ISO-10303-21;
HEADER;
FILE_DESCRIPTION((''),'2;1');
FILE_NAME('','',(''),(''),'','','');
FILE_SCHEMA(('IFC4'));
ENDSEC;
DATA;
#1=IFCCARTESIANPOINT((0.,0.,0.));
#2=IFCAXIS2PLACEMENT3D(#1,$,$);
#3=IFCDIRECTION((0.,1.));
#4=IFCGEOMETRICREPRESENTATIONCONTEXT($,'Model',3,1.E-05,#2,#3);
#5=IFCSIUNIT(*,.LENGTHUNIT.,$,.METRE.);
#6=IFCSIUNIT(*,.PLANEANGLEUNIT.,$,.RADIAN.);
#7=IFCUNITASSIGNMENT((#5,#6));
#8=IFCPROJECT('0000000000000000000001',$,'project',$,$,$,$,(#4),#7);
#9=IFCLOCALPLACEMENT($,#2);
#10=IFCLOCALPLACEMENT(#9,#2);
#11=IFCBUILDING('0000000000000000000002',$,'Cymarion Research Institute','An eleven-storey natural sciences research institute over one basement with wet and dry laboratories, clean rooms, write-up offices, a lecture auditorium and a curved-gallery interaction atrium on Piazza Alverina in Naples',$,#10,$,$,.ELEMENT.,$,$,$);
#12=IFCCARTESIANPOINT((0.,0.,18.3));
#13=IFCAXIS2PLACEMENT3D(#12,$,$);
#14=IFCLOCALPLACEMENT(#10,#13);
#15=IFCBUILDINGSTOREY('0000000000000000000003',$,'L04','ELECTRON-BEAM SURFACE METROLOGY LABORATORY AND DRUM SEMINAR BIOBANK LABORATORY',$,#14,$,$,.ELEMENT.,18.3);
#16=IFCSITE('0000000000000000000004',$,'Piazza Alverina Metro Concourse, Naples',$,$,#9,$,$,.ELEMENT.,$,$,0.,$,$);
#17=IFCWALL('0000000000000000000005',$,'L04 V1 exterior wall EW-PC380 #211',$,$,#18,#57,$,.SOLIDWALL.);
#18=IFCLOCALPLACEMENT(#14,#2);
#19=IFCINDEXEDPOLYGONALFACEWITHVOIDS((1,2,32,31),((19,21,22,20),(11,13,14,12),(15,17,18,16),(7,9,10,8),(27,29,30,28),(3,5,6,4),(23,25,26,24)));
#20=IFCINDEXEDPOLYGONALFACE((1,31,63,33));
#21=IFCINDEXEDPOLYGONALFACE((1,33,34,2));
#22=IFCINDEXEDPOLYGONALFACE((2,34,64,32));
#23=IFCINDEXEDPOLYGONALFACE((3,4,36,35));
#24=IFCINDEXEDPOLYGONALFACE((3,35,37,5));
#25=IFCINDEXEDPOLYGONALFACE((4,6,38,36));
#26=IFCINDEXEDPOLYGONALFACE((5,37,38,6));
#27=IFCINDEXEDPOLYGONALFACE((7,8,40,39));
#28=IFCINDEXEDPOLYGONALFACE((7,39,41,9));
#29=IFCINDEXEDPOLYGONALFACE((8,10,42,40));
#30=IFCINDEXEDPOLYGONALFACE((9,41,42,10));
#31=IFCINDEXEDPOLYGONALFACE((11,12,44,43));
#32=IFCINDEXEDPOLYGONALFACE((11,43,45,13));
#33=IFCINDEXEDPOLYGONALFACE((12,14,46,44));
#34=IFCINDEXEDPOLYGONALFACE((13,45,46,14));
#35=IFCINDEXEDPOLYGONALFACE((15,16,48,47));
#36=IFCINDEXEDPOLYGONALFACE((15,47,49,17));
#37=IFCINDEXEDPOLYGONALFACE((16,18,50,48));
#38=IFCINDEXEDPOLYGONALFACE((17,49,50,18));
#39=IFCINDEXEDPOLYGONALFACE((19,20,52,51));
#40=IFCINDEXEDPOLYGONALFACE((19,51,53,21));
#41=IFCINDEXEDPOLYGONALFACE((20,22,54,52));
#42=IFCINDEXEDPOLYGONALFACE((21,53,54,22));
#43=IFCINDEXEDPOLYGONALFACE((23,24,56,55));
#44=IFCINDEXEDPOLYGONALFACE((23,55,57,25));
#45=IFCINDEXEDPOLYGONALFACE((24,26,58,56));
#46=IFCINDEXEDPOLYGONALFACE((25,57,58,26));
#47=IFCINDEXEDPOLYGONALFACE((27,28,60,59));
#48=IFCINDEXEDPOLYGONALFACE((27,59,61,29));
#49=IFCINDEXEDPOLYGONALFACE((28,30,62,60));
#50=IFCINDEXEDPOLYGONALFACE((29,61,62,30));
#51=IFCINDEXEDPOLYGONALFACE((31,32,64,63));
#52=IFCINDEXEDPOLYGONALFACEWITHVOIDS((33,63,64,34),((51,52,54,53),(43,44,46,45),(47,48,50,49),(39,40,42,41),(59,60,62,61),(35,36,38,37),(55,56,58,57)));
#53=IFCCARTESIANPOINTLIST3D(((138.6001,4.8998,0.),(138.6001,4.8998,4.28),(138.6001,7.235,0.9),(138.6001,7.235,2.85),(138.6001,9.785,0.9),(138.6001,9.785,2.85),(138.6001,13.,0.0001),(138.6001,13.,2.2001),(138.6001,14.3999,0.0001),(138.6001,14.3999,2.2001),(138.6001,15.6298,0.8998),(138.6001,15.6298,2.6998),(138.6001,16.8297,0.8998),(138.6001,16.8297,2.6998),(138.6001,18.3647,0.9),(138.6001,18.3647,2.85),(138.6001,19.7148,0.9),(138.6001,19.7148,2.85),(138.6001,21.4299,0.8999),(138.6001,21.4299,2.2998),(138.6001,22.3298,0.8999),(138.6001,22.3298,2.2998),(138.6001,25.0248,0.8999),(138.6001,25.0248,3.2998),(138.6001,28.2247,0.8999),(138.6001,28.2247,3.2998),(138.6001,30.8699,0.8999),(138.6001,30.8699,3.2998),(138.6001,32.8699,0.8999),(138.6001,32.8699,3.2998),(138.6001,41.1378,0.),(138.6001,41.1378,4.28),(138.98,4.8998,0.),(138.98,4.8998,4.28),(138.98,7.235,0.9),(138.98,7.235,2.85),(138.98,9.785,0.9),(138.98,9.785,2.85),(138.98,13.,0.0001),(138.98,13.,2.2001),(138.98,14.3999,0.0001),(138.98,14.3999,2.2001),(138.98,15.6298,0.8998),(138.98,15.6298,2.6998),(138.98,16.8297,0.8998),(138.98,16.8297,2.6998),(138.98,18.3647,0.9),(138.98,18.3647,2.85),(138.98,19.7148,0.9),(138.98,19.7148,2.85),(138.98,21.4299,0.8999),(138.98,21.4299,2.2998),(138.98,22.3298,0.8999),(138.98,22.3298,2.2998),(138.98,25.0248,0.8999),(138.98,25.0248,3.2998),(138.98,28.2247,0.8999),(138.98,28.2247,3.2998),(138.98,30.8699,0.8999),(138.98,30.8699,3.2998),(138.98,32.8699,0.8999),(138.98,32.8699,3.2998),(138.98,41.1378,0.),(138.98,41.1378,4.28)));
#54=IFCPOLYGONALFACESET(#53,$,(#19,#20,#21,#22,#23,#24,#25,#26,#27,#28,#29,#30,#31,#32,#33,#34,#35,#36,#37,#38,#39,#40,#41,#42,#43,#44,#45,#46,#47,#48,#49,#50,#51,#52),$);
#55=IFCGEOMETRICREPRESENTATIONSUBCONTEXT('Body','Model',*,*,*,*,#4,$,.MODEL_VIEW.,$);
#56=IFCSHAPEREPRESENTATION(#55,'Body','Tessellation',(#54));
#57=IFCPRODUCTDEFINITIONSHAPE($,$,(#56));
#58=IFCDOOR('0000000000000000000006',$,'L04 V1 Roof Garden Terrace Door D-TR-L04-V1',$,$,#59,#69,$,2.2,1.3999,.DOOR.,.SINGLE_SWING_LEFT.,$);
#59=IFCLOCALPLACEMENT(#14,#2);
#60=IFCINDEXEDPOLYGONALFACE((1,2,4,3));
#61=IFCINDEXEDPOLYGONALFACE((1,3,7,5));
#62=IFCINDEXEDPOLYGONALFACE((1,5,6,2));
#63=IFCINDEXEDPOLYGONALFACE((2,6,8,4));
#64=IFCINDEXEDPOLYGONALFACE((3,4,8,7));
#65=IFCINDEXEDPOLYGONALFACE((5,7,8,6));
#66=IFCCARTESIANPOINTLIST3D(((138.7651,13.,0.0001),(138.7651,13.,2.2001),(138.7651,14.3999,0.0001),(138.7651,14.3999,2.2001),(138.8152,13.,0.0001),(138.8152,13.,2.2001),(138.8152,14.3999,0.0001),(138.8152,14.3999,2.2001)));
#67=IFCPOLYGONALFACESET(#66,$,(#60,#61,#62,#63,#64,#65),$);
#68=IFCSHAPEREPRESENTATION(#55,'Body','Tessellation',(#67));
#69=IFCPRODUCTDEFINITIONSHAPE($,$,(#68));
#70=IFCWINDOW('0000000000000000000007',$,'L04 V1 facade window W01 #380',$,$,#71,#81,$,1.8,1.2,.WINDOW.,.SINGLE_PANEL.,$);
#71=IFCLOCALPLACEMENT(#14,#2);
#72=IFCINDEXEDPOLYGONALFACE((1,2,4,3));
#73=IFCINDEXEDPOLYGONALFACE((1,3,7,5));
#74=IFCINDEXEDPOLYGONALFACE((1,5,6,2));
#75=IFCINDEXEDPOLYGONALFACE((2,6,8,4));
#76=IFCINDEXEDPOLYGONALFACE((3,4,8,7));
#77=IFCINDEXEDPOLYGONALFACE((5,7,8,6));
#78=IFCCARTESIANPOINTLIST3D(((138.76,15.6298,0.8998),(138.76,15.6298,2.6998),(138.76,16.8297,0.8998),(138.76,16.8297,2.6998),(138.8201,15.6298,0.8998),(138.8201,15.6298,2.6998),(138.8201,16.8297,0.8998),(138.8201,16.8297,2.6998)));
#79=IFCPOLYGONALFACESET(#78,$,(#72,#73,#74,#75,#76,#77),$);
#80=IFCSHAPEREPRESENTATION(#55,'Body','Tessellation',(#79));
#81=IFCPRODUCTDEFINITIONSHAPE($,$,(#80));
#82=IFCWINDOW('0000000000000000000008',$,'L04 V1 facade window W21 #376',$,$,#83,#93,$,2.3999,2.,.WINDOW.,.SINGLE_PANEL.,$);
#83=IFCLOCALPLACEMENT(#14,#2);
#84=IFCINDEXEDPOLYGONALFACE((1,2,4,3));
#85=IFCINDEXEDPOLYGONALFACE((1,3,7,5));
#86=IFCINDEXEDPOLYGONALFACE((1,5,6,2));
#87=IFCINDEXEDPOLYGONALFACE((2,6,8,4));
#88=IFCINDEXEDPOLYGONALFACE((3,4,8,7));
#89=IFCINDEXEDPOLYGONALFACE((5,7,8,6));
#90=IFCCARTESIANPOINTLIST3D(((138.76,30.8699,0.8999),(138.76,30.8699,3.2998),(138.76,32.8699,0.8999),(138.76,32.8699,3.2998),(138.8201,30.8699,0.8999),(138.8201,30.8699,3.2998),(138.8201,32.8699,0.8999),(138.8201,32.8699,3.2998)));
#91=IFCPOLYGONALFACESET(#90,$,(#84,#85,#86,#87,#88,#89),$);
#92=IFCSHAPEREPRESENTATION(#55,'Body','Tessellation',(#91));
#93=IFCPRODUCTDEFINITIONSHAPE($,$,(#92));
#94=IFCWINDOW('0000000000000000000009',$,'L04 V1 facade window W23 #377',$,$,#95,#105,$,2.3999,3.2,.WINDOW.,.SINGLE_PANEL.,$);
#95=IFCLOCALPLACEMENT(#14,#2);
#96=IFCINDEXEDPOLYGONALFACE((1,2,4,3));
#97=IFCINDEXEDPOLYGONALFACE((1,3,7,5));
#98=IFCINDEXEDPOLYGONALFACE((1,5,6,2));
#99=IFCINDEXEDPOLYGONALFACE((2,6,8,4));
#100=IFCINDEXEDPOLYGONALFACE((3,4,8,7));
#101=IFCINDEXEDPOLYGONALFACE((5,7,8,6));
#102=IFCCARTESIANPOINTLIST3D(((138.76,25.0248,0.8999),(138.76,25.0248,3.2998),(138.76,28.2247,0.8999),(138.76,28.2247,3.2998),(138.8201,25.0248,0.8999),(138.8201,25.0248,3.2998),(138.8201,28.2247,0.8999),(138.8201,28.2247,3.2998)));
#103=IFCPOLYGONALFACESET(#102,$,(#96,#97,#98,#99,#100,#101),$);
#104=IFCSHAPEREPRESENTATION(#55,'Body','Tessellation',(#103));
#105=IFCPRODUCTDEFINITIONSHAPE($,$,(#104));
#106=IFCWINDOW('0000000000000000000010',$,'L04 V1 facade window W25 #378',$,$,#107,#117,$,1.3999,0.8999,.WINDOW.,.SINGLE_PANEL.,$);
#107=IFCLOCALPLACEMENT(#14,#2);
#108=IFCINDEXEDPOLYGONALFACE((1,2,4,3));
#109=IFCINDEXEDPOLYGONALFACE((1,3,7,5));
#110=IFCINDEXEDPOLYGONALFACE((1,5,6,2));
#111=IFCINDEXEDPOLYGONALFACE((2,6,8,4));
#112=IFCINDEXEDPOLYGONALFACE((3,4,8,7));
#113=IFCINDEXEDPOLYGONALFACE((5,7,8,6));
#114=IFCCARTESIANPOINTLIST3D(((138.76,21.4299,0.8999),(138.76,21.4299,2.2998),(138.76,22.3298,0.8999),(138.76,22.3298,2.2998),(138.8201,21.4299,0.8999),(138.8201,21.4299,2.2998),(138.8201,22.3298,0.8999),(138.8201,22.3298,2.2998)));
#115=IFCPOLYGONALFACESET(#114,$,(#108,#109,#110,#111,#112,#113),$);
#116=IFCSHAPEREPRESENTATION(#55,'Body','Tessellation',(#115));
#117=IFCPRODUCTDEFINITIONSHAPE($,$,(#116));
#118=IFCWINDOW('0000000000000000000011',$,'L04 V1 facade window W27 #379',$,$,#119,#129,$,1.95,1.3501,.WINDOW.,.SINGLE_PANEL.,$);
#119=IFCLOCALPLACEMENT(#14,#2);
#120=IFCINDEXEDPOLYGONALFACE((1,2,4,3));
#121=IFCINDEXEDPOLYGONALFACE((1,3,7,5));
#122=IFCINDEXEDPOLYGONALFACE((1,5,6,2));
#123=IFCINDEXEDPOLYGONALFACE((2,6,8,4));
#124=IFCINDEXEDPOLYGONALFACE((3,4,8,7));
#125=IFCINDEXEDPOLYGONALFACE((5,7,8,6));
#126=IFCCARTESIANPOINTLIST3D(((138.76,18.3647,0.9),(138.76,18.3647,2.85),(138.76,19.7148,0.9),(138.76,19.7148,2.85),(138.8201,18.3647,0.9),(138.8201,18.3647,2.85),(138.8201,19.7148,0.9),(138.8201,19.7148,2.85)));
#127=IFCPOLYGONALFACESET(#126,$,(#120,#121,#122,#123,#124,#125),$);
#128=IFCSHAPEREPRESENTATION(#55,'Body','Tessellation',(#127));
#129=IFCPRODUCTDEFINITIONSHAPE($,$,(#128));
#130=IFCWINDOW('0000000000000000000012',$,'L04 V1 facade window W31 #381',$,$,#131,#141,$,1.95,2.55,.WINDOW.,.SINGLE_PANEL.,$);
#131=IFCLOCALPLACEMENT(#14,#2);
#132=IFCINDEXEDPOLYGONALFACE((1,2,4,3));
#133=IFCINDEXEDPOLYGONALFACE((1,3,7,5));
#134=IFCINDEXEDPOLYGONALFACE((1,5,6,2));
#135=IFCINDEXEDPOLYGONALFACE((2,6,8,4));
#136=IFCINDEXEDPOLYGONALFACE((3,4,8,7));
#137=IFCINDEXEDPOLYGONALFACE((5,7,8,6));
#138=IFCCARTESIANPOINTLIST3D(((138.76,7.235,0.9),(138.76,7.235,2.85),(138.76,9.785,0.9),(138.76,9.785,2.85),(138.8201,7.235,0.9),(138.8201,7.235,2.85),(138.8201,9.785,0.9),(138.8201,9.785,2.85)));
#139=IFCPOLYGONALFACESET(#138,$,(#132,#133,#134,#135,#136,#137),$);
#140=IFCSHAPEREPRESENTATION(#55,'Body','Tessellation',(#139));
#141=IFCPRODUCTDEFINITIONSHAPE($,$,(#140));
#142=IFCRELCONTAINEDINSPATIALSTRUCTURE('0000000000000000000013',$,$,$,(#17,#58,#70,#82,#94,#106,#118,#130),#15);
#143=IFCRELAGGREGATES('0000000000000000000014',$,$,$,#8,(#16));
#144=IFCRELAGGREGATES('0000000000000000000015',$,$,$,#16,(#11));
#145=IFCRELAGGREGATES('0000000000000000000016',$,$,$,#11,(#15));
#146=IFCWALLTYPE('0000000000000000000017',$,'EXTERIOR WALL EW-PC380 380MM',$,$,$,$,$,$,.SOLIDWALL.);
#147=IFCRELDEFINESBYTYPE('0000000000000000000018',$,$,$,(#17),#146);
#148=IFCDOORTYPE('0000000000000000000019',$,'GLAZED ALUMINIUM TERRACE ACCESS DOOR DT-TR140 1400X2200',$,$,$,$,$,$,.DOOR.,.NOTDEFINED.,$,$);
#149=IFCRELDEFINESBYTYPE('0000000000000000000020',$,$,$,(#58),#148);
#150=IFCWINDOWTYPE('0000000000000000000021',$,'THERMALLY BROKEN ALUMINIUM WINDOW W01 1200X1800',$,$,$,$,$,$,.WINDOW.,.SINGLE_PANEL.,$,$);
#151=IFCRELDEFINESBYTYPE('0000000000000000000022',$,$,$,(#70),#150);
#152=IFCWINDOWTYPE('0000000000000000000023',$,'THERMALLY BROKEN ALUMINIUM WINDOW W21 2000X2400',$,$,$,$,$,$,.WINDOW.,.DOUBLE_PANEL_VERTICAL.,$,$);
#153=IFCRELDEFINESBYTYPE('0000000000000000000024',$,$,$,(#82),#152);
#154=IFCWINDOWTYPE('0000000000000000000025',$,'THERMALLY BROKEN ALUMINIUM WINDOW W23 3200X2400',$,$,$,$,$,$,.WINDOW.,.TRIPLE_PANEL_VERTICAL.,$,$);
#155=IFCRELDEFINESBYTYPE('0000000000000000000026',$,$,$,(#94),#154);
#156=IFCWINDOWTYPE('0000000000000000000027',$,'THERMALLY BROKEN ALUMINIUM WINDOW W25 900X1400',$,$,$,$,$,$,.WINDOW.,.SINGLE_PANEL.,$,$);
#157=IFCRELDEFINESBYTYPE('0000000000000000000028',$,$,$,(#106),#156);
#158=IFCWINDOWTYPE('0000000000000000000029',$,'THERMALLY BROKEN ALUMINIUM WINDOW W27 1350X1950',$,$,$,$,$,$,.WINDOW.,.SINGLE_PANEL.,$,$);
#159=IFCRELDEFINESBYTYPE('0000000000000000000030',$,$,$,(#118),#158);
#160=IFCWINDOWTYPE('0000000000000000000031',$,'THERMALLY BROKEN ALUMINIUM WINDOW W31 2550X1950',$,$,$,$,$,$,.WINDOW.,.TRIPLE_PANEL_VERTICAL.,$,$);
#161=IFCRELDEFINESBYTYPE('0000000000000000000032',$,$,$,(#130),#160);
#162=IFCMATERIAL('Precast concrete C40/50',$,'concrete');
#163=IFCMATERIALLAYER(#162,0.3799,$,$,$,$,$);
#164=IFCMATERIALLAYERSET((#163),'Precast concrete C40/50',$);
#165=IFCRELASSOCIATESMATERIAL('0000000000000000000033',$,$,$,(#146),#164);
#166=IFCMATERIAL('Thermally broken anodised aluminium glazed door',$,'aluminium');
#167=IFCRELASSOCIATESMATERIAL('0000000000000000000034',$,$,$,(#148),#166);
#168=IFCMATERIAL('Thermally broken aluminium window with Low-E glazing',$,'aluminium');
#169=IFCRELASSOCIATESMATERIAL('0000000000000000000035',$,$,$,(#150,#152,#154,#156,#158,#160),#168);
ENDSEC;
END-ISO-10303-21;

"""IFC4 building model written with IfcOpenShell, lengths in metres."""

from ifc_helpers import new_model, si_unit, direction, frame, frame_2d, origin, place, context, subcontext, project, spatial, rectangle, extrude, material, layer, layer_set, type_object, element, fill, save


model = new_model("IFC4")

# Units and contexts
model_context = context("Model", 3, precision=1e-05, world=origin(), true_north=direction((0.0, 1.0)))
body_context = subcontext(model_context, "Body", "Model", "MODEL_VIEW")
ifc_project = project(units=[si_unit("LENGTHUNIT", "METRE"), si_unit("PLANEANGLEUNIT", "RADIAN")], contexts=[model_context])

# Site, building, storey
site_placement = place(None, origin())
site = spatial("IfcSite", under=ifc_project, at=site_placement, Name="Piazza Alverina Metro Concourse, Naples", CompositionType="ELEMENT", RefElevation=0.0)
building_placement = place(site_placement, origin())
building = spatial("IfcBuilding", under=site, at=building_placement, Name="Cymarion Research Institute", Description="An eleven-storey natural sciences research institute over one basement with wet and dry laboratories, clean rooms, write-up offices, a lecture auditorium and a curved-gallery interaction atrium on Piazza Alverina in Naples", CompositionType="ELEMENT")
storey_placement = place(building_placement, frame((0.0, 0.0, 18.3)))
storey = spatial("IfcBuildingStorey", under=building, at=storey_placement, Name="L04", Description="ELECTRON-BEAM SURFACE METROLOGY LABORATORY AND DRUM SEMINAR BIOBANK LABORATORY", CompositionType="ELEMENT", Elevation=18.3)

# Shared definitions
ifc_material_1 = material(Name="Precast concrete C40/50", Category="concrete")
ifc_layer_1 = layer(ifc_material_1, 0.3799)
ifc_layer_set_1 = layer_set([ifc_layer_1], Name="Precast concrete C40/50")
wall_type = type_object("IfcWallType", Name="EXTERIOR WALL EW-PC380 380MM", PredefinedType="SOLIDWALL", material=ifc_layer_set_1)

# Wall, openings, door, windows
wall_1_placement = place(storey_placement, frame((138.79, 41.1379, 0.0), z_axis=(0.0, 0.0, 1.0), x_axis=(0.0, -1.0, 0.0)))
wall_1 = element("IfcWall", 1, at=wall_1_placement, inside=storey, type_object=wall_type, Name="L04 V1 exterior wall EW-PC380 #211", PredefinedType="SOLIDWALL", context=body_context, shape_type="SweptSolid", body=[
    extrude(rectangle(XDim=36.238, YDim=0.3799, at=frame_2d((18.1191, 0.0))), origin(), (0.0, 0.0, 1.0), 4.28),
])
opening_1_placement = place(wall_1_placement, frame((26.738, 0.0, 0.0)))
opening_1 = element("IfcOpeningElement", 2, at=opening_1_placement, cuts=wall_1, PredefinedType="OPENING", context=body_context, shape_type="SweptSolid", body=[
    extrude(rectangle(XDim=1.3999, YDim=2.2, at=frame_2d((0.7, 1.1001))), frame((0.0, 0.2, 0.0), z_axis=(0.0, -1.0, 0.0), x_axis=(1.0, 0.0, 0.0)), (0.0, 0.0, 1.0), 0.3999),
])
opening_2_placement = place(wall_1_placement, frame((8.2681, 0.0, 0.8999)))
opening_2 = element("IfcOpeningElement", 3, at=opening_2_placement, cuts=wall_1, PredefinedType="OPENING", context=body_context, shape_type="SweptSolid", body=[
    extrude(rectangle(XDim=2.0, YDim=2.3999, at=frame_2d((1.0, 1.2))), frame((0.0, 0.2, 0.0), z_axis=(0.0, -1.0, 0.0), x_axis=(1.0, 0.0, 0.0)), (0.0, 0.0, 1.0), 0.3999),
])
opening_3_placement = place(wall_1_placement, frame((12.9131, 0.0, 0.8999)))
opening_3 = element("IfcOpeningElement", 4, at=opening_3_placement, cuts=wall_1, PredefinedType="OPENING", context=body_context, shape_type="SweptSolid", body=[
    extrude(rectangle(XDim=3.2, YDim=2.3999, at=frame_2d((1.6001, 1.2))), frame((0.0, 0.2, 0.0), z_axis=(0.0, -1.0, 0.0), x_axis=(1.0, 0.0, 0.0)), (0.0, 0.0, 1.0), 0.3999),
])
opening_4_placement = place(wall_1_placement, frame((18.8081, 0.0, 0.8999)))
opening_4 = element("IfcOpeningElement", 5, at=opening_4_placement, cuts=wall_1, PredefinedType="OPENING", context=body_context, shape_type="SweptSolid", body=[
    extrude(rectangle(XDim=0.8999, YDim=1.3999, at=frame_2d((0.45, 0.7))), frame((0.0, 0.2, 0.0), z_axis=(0.0, -1.0, 0.0), x_axis=(1.0, 0.0, 0.0)), (0.0, 0.0, 1.0), 0.3999),
])
opening_5_placement = place(wall_1_placement, frame((21.4231, 0.0, 0.8999)))
opening_5 = element("IfcOpeningElement", 6, at=opening_5_placement, cuts=wall_1, PredefinedType="OPENING", context=body_context, shape_type="SweptSolid", body=[
    extrude(rectangle(XDim=1.3501, YDim=1.95, at=frame_2d((0.675, 0.9751))), frame((0.0, 0.2, 0.0), z_axis=(0.0, -1.0, 0.0), x_axis=(1.0, 0.0, 0.0)), (0.0, 0.0, 1.0), 0.3999),
])
opening_6_placement = place(wall_1_placement, frame((24.3081, 0.0, 0.8999)))
opening_6 = element("IfcOpeningElement", 7, at=opening_6_placement, cuts=wall_1, PredefinedType="OPENING", context=body_context, shape_type="SweptSolid", body=[
    extrude(rectangle(XDim=1.2, YDim=1.8, at=frame_2d((0.6001, 0.8999))), frame((0.0, 0.2, 0.0), z_axis=(0.0, -1.0, 0.0), x_axis=(1.0, 0.0, 0.0)), (0.0, 0.0, 1.0), 0.3999),
])
opening_7_placement = place(wall_1_placement, frame((31.353, 0.0, 0.8999)))
opening_7 = element("IfcOpeningElement", 8, at=opening_7_placement, cuts=wall_1, PredefinedType="OPENING", context=body_context, shape_type="SweptSolid", body=[
    extrude(rectangle(XDim=2.55, YDim=1.95, at=frame_2d((1.2749, 0.9751))), frame((0.0, 0.2, 0.0), z_axis=(0.0, -1.0, 0.0), x_axis=(1.0, 0.0, 0.0)), (0.0, 0.0, 1.0), 0.3999),
])
ifc_material_2 = material(Name="Thermally broken anodised aluminium glazed door", Category="aluminium")
door_type = type_object("IfcDoorType", Name="GLAZED ALUMINIUM TERRACE ACCESS DOOR DT-TR140 1400X2200", OperationType="NOTDEFINED", PredefinedType="DOOR", material=ifc_material_2)
door_placement = place(opening_1_placement, frame((1.3999, 0.0, 0.0), z_axis=(0.0, 0.0, 1.0), x_axis=(-1.0, 0.0, 0.0)))
door = element("IfcDoor", 9, at=door_placement, inside=storey, type_object=door_type, Name="L04 V1 Roof Garden Terrace Door D-TR-L04-V1", OperationType="SINGLE_SWING_LEFT", OverallHeight=2.2, OverallWidth=1.3999, PredefinedType="DOOR", context=body_context, shape_type="SweptSolid", body=[
    extrude(rectangle(XDim=1.3999, YDim=2.2, at=frame_2d((0.7, 1.1001))), frame((0.0, 0.0249, 0.0), z_axis=(0.0, -1.0, 0.0), x_axis=(1.0, 0.0, 0.0)), (0.0, 0.0, 1.0), 0.05),
])
fill(opening_1, door)
ifc_material_3 = material(Name="Thermally broken aluminium window with Low-E glazing", Category="aluminium")
window_type_1 = type_object("IfcWindowType", Name="THERMALLY BROKEN ALUMINIUM WINDOW W01 1200X1800", PartitioningType="SINGLE_PANEL", PredefinedType="WINDOW", material=ifc_material_3)
window_1_placement = place(opening_6_placement, origin())
window_1 = element("IfcWindow", 10, at=window_1_placement, inside=storey, type_object=window_type_1, Name="L04 V1 facade window W01 #380", OverallHeight=1.8, OverallWidth=1.2, PartitioningType="SINGLE_PANEL", PredefinedType="WINDOW", context=body_context, shape_type="SweptSolid", body=[
    extrude(rectangle(XDim=1.2, YDim=1.8, at=frame_2d((0.6001, 0.8999))), frame((0.0, 0.03, 0.0), z_axis=(0.0, -1.0, 0.0), x_axis=(1.0, 0.0, 0.0)), (0.0, 0.0, 1.0), 0.0601),
])
fill(opening_6, window_1)
window_type_2 = type_object("IfcWindowType", Name="THERMALLY BROKEN ALUMINIUM WINDOW W21 2000X2400", PartitioningType="DOUBLE_PANEL_VERTICAL", PredefinedType="WINDOW", material=ifc_material_3)
window_2_placement = place(opening_2_placement, origin())
window_2 = element("IfcWindow", 11, at=window_2_placement, inside=storey, type_object=window_type_2, Name="L04 V1 facade window W21 #376", OverallHeight=2.3999, OverallWidth=2.0, PartitioningType="SINGLE_PANEL", PredefinedType="WINDOW", context=body_context, shape_type="SweptSolid", body=[
    extrude(rectangle(XDim=2.0, YDim=2.3999, at=frame_2d((1.0, 1.2))), frame((0.0, 0.03, 0.0), z_axis=(0.0, -1.0, 0.0), x_axis=(1.0, 0.0, 0.0)), (0.0, 0.0, 1.0), 0.0601),
])
fill(opening_2, window_2)
window_type_3 = type_object("IfcWindowType", Name="THERMALLY BROKEN ALUMINIUM WINDOW W23 3200X2400", PartitioningType="TRIPLE_PANEL_VERTICAL", PredefinedType="WINDOW", material=ifc_material_3)
window_3_placement = place(opening_3_placement, origin())
window_3 = element("IfcWindow", 12, at=window_3_placement, inside=storey, type_object=window_type_3, Name="L04 V1 facade window W23 #377", OverallHeight=2.3999, OverallWidth=3.2, PartitioningType="SINGLE_PANEL", PredefinedType="WINDOW", context=body_context, shape_type="SweptSolid", body=[
    extrude(rectangle(XDim=3.2, YDim=2.3999, at=frame_2d((1.6001, 1.2))), frame((0.0, 0.03, 0.0), z_axis=(0.0, -1.0, 0.0), x_axis=(1.0, 0.0, 0.0)), (0.0, 0.0, 1.0), 0.0601),
])
fill(opening_3, window_3)
window_type_4 = type_object("IfcWindowType", Name="THERMALLY BROKEN ALUMINIUM WINDOW W25 900X1400", PartitioningType="SINGLE_PANEL", PredefinedType="WINDOW", material=ifc_material_3)
window_4_placement = place(opening_4_placement, origin())
window_4 = element("IfcWindow", 13, at=window_4_placement, inside=storey, type_object=window_type_4, Name="L04 V1 facade window W25 #378", OverallHeight=1.3999, OverallWidth=0.8999, PartitioningType="SINGLE_PANEL", PredefinedType="WINDOW", context=body_context, shape_type="SweptSolid", body=[
    extrude(rectangle(XDim=0.8999, YDim=1.3999, at=frame_2d((0.45, 0.7))), frame((0.0, 0.03, 0.0), z_axis=(0.0, -1.0, 0.0), x_axis=(1.0, 0.0, 0.0)), (0.0, 0.0, 1.0), 0.0601),
])
fill(opening_4, window_4)
window_type_5 = type_object("IfcWindowType", Name="THERMALLY BROKEN ALUMINIUM WINDOW W27 1350X1950", PartitioningType="SINGLE_PANEL", PredefinedType="WINDOW", material=ifc_material_3)
window_5_placement = place(opening_5_placement, origin())
window_5 = element("IfcWindow", 14, at=window_5_placement, inside=storey, type_object=window_type_5, Name="L04 V1 facade window W27 #379", OverallHeight=1.95, OverallWidth=1.3501, PartitioningType="SINGLE_PANEL", PredefinedType="WINDOW", context=body_context, shape_type="SweptSolid", body=[
    extrude(rectangle(XDim=1.3501, YDim=1.95, at=frame_2d((0.675, 0.9751))), frame((0.0, 0.03, 0.0), z_axis=(0.0, -1.0, 0.0), x_axis=(1.0, 0.0, 0.0)), (0.0, 0.0, 1.0), 0.0601),
])
fill(opening_5, window_5)
window_type_6 = type_object("IfcWindowType", Name="THERMALLY BROKEN ALUMINIUM WINDOW W31 2550X1950", PartitioningType="TRIPLE_PANEL_VERTICAL", PredefinedType="WINDOW", material=ifc_material_3)
window_6_placement = place(opening_7_placement, origin())
window_6 = element("IfcWindow", 15, at=window_6_placement, inside=storey, type_object=window_type_6, Name="L04 V1 facade window W31 #381", OverallHeight=1.95, OverallWidth=2.55, PartitioningType="SINGLE_PANEL", PredefinedType="WINDOW", context=body_context, shape_type="SweptSolid", body=[
    extrude(rectangle(XDim=2.55, YDim=1.95, at=frame_2d((1.2749, 0.9751))), frame((0.0, 0.03, 0.0), z_axis=(0.0, -1.0, 0.0), x_axis=(1.0, 0.0, 0.0)), (0.0, 0.0, 1.0), 0.0601),
])
fill(opening_7, window_6)

save(model, "model.ifc")
